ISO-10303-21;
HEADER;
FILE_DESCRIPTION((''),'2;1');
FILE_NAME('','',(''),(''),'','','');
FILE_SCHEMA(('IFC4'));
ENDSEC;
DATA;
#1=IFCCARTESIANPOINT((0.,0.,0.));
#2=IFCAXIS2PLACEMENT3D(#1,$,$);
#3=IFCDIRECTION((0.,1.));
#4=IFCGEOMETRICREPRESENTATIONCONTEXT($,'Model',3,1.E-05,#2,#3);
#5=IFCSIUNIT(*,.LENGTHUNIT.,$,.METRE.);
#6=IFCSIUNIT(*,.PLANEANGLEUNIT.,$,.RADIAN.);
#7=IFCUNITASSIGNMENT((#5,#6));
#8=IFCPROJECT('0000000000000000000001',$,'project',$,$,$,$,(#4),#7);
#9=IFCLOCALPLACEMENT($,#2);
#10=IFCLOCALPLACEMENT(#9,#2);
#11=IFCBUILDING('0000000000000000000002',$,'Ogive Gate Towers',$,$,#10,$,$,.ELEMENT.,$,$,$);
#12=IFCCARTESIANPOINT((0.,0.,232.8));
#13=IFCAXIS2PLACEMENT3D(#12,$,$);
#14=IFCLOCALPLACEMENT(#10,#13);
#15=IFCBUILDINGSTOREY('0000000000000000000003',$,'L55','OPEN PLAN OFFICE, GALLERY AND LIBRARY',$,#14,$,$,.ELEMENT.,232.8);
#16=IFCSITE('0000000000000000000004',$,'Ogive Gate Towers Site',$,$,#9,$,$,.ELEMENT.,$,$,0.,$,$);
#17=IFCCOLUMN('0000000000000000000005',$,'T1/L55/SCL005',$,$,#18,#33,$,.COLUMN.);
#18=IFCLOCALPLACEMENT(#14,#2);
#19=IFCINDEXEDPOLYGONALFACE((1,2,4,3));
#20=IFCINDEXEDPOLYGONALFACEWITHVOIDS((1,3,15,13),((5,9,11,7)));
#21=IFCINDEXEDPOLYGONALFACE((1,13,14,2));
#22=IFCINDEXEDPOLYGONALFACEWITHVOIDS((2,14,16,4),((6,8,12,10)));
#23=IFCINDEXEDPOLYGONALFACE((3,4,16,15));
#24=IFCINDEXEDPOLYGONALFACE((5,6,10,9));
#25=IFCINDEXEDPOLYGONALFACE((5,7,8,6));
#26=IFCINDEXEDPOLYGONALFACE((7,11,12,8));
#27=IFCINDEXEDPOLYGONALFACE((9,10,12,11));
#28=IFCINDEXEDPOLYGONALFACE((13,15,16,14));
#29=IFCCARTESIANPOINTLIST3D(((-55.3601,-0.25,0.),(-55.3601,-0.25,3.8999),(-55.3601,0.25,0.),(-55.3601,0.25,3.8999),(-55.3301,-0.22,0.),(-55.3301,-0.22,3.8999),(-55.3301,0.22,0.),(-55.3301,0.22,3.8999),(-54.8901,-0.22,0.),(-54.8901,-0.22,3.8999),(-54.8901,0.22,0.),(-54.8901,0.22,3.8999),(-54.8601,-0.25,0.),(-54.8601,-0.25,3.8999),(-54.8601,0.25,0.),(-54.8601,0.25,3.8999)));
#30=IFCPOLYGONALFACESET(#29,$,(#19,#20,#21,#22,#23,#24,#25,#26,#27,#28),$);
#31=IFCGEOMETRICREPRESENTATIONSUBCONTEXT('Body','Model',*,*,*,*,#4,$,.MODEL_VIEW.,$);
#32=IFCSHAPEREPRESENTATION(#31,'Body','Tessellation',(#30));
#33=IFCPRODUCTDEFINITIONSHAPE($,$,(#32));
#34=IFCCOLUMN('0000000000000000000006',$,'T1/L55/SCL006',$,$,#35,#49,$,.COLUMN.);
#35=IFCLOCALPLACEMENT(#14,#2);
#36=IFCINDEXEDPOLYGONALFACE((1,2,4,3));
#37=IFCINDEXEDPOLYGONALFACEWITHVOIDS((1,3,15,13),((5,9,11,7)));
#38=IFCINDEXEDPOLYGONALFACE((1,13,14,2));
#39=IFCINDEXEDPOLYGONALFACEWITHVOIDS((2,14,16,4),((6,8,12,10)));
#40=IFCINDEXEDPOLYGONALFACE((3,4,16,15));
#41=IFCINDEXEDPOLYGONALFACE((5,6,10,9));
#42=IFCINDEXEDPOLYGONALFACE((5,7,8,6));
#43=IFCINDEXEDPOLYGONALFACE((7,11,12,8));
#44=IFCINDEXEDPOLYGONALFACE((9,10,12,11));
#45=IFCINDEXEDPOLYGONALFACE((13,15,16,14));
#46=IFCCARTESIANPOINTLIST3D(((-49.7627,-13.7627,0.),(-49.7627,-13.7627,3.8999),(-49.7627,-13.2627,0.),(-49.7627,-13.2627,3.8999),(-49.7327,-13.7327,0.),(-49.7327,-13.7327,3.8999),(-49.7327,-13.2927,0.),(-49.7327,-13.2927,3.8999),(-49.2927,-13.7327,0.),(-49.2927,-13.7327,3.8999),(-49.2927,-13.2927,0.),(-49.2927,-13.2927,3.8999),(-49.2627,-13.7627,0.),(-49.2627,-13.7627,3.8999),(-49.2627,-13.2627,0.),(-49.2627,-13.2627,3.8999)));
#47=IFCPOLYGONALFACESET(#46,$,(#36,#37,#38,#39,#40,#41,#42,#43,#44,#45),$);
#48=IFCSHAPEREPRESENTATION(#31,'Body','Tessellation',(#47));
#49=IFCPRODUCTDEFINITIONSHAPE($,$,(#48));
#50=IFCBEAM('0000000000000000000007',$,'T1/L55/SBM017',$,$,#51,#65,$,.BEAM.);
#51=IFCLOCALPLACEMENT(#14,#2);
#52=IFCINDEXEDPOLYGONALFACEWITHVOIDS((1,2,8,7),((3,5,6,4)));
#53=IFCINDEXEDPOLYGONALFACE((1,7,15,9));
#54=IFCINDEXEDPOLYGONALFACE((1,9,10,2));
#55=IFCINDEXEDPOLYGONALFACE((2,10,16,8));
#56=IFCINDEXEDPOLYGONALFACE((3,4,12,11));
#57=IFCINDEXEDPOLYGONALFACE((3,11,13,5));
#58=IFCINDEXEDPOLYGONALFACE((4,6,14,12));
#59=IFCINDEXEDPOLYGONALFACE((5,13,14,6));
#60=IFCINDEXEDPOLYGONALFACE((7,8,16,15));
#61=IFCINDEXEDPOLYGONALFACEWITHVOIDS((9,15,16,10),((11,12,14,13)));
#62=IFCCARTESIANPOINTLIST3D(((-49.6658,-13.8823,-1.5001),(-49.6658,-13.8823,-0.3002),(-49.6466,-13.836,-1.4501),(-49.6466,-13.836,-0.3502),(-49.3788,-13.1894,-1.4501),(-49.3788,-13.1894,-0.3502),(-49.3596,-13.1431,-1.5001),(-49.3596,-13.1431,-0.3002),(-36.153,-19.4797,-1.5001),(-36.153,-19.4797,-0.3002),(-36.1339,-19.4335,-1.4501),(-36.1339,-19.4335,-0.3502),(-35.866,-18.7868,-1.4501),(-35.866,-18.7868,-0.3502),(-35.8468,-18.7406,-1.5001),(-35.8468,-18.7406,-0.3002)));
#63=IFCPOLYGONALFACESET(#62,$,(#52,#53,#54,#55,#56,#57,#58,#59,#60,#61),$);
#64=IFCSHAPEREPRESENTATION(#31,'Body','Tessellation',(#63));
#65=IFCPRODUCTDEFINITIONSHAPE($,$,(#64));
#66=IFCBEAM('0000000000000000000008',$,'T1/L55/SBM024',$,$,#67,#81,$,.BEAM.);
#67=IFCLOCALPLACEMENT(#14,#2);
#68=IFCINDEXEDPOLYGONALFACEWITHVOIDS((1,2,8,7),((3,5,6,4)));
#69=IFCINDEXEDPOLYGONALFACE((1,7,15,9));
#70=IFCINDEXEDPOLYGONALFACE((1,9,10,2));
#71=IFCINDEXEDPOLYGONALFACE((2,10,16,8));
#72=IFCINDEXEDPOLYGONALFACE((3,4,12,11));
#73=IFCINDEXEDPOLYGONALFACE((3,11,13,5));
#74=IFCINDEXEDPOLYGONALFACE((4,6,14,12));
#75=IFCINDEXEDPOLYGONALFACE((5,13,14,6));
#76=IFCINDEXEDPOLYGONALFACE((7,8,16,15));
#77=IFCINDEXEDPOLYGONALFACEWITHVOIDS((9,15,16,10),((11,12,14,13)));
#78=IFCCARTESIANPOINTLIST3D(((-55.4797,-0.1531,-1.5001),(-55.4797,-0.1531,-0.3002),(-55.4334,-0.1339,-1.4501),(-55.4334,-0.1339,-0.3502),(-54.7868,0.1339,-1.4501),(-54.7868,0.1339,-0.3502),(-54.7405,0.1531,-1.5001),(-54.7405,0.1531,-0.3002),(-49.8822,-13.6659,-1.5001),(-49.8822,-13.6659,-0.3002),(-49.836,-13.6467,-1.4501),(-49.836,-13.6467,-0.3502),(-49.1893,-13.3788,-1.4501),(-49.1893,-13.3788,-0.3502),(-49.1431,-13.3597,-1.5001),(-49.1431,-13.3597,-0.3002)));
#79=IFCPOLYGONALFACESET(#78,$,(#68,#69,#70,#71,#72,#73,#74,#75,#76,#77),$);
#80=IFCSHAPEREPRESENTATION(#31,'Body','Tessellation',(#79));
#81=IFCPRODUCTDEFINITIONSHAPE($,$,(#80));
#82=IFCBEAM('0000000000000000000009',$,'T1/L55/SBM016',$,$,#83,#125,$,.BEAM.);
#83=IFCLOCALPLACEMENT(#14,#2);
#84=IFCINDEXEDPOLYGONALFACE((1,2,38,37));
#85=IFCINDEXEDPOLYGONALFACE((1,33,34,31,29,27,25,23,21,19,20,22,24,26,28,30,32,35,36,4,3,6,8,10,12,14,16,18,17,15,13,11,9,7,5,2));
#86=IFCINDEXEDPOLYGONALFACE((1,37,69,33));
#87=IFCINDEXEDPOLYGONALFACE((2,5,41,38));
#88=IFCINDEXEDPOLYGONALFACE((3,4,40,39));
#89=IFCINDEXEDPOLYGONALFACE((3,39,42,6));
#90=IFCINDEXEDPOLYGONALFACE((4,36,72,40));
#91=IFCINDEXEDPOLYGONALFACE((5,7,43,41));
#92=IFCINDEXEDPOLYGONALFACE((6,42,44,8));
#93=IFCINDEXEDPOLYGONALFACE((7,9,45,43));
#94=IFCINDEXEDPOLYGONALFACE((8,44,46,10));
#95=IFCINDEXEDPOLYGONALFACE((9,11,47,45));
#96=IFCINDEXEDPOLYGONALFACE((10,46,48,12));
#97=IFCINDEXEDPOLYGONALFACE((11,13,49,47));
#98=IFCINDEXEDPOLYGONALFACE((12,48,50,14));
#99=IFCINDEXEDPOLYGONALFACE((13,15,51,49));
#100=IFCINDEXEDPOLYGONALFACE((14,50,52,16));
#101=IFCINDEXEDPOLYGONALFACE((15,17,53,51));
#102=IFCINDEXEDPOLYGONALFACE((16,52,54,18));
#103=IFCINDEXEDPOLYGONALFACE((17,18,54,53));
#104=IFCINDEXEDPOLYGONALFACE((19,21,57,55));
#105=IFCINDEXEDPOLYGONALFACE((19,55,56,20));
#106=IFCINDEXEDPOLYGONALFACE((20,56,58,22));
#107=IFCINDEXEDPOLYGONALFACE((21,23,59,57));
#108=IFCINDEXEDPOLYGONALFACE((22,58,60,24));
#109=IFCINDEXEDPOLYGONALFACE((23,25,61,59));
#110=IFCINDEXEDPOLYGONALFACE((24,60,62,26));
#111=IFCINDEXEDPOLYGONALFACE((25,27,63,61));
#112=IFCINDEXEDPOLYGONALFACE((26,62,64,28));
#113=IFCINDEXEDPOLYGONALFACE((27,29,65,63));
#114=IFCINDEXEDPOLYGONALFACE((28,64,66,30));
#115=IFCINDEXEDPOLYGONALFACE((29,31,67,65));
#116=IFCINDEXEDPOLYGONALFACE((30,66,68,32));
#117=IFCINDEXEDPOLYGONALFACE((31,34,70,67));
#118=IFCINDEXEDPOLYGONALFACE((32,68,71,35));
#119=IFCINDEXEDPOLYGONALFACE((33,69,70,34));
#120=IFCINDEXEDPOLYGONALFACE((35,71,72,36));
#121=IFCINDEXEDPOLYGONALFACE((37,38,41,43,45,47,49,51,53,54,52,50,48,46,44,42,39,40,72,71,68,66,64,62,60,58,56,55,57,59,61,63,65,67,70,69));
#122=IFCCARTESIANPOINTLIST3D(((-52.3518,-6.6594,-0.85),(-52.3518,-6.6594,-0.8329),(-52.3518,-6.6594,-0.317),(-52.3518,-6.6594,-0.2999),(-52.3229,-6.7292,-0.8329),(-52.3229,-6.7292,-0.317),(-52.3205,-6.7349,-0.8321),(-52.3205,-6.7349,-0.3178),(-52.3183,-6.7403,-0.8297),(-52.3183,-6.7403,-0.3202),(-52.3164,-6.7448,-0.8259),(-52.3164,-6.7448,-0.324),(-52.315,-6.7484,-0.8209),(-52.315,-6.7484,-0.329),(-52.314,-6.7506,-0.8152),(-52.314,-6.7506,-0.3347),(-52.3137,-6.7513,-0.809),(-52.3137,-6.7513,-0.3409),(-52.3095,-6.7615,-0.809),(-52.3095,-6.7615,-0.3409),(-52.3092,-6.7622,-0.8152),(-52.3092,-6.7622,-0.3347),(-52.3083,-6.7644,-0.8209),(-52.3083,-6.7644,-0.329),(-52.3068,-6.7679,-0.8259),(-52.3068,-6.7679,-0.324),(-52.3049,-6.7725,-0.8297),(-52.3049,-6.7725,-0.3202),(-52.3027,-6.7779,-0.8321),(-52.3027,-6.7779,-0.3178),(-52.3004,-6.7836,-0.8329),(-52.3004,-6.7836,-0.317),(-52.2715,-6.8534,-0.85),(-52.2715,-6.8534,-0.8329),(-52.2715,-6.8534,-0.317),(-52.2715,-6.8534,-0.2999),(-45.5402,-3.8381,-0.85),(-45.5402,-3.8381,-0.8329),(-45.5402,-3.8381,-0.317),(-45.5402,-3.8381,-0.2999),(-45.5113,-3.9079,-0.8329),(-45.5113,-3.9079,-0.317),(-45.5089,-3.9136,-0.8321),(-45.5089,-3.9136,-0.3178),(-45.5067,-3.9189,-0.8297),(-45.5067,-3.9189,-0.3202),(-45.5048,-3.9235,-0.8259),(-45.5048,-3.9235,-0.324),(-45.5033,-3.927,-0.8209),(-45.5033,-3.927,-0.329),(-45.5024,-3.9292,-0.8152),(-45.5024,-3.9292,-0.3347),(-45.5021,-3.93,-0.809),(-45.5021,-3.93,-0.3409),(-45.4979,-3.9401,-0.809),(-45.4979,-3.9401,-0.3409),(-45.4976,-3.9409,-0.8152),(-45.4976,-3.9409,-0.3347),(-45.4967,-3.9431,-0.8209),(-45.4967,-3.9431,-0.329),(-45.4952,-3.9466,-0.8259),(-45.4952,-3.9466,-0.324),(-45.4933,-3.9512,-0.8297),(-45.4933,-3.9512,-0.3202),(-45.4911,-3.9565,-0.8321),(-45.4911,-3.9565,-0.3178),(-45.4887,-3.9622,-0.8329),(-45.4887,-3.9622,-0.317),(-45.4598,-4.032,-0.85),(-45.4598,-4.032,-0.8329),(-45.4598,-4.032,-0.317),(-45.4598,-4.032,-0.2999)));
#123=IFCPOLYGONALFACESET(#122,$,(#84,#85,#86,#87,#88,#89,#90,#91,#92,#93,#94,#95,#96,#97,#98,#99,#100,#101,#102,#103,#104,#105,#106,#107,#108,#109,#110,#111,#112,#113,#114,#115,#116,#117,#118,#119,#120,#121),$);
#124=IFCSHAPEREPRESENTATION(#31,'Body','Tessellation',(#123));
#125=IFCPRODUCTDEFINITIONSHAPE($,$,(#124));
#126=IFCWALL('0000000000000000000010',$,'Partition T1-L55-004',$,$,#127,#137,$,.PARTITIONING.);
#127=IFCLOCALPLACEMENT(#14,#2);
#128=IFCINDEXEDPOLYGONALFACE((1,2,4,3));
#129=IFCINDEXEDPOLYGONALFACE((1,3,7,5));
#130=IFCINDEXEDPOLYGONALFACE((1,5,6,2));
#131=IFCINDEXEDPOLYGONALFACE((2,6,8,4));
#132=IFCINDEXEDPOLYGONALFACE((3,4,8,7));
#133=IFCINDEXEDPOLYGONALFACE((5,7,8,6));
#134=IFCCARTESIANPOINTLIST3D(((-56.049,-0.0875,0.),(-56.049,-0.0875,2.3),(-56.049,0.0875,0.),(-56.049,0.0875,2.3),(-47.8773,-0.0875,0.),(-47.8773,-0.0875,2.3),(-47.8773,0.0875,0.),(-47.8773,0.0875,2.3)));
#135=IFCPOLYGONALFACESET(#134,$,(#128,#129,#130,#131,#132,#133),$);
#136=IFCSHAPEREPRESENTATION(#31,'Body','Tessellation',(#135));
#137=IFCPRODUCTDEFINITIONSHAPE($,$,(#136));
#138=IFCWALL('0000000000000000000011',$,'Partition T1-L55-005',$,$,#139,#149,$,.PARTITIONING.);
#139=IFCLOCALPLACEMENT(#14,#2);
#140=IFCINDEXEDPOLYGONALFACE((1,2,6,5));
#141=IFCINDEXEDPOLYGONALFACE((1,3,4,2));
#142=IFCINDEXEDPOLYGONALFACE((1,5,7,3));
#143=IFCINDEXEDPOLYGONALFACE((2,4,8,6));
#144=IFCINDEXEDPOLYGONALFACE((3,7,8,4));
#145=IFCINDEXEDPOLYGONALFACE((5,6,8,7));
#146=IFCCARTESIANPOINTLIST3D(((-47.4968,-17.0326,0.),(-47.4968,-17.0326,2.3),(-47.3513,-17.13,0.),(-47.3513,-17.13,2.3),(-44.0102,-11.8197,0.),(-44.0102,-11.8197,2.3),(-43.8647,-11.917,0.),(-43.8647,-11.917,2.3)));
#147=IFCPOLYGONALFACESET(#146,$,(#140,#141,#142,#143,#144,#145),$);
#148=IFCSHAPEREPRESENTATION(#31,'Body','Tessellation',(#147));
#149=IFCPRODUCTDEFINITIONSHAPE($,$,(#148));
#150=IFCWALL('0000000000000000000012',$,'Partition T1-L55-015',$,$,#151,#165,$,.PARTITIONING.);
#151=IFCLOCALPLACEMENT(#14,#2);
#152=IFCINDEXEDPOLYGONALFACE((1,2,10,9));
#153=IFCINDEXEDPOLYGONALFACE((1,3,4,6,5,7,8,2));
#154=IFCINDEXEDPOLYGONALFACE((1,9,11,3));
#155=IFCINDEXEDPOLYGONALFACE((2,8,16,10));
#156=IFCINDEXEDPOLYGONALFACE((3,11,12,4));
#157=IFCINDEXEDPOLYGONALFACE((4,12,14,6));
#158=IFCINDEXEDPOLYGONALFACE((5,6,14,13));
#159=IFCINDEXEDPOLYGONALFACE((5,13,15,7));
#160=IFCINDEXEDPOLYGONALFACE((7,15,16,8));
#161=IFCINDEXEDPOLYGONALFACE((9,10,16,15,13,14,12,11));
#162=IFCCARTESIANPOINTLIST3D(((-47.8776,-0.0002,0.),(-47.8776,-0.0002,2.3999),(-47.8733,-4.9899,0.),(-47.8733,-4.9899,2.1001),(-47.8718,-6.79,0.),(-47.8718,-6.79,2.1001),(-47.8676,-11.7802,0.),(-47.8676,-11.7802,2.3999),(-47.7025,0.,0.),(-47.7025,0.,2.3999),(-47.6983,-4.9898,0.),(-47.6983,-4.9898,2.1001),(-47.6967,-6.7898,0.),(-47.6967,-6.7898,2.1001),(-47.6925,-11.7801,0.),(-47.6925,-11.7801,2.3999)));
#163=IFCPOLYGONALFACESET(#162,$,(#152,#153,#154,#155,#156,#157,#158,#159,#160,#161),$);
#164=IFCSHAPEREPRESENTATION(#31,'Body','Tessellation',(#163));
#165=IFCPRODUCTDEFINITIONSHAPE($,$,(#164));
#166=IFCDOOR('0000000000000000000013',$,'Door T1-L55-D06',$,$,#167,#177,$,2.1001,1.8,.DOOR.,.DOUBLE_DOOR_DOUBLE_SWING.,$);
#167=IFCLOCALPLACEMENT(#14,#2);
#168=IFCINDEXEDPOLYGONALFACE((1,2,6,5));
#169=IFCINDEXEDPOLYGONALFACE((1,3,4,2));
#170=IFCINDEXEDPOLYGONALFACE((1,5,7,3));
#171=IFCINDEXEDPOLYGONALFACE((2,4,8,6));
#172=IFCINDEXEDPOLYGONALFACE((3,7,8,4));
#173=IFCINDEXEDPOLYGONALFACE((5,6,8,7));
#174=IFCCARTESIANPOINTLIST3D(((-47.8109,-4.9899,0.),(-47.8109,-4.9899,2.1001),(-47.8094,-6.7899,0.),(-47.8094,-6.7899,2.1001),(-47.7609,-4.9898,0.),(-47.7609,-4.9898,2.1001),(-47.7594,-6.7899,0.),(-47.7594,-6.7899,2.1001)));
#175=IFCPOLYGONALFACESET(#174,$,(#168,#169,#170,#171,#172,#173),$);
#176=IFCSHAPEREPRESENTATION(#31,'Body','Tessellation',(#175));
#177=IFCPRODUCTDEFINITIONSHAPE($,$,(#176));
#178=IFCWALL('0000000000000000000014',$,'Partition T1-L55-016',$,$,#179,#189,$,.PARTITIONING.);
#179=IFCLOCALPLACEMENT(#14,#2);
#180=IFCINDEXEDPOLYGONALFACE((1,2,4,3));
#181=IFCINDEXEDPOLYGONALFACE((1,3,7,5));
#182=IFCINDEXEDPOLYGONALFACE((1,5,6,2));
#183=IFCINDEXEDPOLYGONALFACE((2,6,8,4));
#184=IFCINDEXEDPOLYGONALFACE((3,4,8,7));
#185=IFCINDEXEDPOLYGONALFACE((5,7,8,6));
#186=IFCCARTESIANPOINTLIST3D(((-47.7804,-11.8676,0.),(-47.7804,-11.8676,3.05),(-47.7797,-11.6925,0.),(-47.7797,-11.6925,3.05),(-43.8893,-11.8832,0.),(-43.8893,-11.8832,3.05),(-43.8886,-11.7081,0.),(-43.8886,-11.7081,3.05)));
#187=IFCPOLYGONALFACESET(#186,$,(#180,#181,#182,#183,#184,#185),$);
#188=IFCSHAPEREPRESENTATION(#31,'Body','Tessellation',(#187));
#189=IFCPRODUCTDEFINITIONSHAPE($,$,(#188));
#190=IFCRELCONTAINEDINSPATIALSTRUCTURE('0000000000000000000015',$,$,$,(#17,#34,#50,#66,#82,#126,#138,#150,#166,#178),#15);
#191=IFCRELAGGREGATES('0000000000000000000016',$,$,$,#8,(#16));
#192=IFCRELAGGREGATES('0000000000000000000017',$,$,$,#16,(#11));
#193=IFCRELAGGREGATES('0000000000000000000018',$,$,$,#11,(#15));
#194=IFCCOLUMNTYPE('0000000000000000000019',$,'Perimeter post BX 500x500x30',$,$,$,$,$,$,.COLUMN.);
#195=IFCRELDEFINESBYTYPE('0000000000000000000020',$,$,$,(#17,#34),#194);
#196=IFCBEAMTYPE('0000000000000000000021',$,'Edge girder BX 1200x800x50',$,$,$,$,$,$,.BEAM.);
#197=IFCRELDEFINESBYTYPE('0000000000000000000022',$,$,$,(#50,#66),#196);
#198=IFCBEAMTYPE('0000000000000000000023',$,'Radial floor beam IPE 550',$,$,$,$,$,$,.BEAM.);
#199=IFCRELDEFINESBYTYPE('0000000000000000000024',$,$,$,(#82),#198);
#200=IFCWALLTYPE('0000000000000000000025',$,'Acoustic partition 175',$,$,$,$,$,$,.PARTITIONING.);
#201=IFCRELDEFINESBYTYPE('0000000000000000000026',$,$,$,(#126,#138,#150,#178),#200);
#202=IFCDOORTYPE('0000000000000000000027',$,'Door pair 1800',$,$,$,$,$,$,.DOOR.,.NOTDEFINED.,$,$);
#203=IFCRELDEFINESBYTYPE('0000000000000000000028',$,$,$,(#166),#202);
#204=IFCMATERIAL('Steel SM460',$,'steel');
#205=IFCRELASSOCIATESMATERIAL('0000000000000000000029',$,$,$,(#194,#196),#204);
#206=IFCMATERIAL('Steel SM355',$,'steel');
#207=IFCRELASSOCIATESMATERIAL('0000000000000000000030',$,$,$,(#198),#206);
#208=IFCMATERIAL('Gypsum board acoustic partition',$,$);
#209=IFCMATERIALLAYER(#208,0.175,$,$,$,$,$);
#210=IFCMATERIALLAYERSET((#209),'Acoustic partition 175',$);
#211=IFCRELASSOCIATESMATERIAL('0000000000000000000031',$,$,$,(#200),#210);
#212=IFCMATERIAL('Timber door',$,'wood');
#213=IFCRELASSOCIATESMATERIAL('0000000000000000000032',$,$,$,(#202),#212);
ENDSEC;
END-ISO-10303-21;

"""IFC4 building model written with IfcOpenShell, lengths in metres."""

from ifc_helpers import new_model, si_unit, direction, frame, frame_2d, origin, origin_2d, place, context, subcontext, project, spatial, rectangle, hollow_rectangle, i_section, extrude, material, layer, layer_set, material_profile, profile_set, type_object, element, fill, save


model = new_model("IFC4")

# Units and contexts
model_context = context("Model", 3, precision=1e-05, world=origin(), true_north=direction((0.0, 1.0)))
body_context = subcontext(model_context, "Body", "Model", "MODEL_VIEW")
ifc_project = project(units=[si_unit("LENGTHUNIT", "METRE"), si_unit("PLANEANGLEUNIT", "RADIAN")], contexts=[model_context])

# Site, building, storey
site_placement = place(None, origin())
site = spatial("IfcSite", under=ifc_project, at=site_placement, Name="Ogive Gate Towers Site", CompositionType="ELEMENT", RefElevation=0.0)
building_placement = place(site_placement, origin())
building = spatial("IfcBuilding", under=site, at=building_placement, Name="Ogive Gate Towers", CompositionType="ELEMENT")
storey_placement = place(building_placement, frame((0.0, 0.0, 232.8)))
storey = spatial("IfcBuildingStorey", under=building, at=storey_placement, Name="L55", Description="OPEN PLAN OFFICE, GALLERY AND LIBRARY", CompositionType="ELEMENT", Elevation=232.8)

# Columns
ifc_material_1 = material(Name="Steel SM460", Category="steel")
ifc_material_profile_1 = material_profile(ifc_material_1, hollow_rectangle(XDim=0.5, YDim=0.5, WallThickness=0.03, at=origin_2d()), Name="BX 500x500x30")
ifc_profile_set_1 = profile_set([ifc_material_profile_1], Name="Steel SM460")
column_type = type_object("IfcColumnType", Name="Perimeter post BX 500x500x30", PredefinedType="COLUMN", material=ifc_profile_set_1)
for number, where, z_axis, x_axis, name in (
    (1, (-55.1101, 0.0, 0.0), (0.0, 0.0, 1.0), (1.0, 0.0, 0.0), "T1/L55/SCL005"),
    (2, (-49.5127, -13.5127, 0.0), (0.0, 0.0, 1.0), (1.0, 0.0, 0.0), "T1/L55/SCL006"),
):
    element("IfcColumn", number, at=place(storey_placement, frame(where, z_axis=z_axis, x_axis=x_axis)), inside=storey, type_object=column_type, Name=name, PredefinedType="COLUMN", context=body_context, shape_type="SweptSolid", body=[
        extrude(hollow_rectangle(XDim=0.5, YDim=0.5, WallThickness=0.03, at=origin_2d()), origin(), (0.0, 0.0, 1.0), 3.8999),
    ])

# Beams
ifc_material_profile_2 = material_profile(ifc_material_1, hollow_rectangle(XDim=0.8, YDim=1.2, WallThickness=0.05, at=origin_2d()), Name="BX 1200x800x50")
ifc_profile_set_2 = profile_set([ifc_material_profile_2], Name="Steel SM460")
beam_type_1 = type_object("IfcBeamType", Name="Edge girder BX 1200x800x50", PredefinedType="BEAM", material=ifc_profile_set_2)
for number, where, z_axis, x_axis, name in (
    (3, (-49.5127, -13.5127, -0.9001), (0.923873, -0.382699, 0.0), (0.382699, 0.923873, 0.0), "T1/L55/SBM017"),
    (4, (-55.1101, 0.0, -0.9001), (0.382699, -0.923873, 0.0), (0.923873, 0.382699, 0.0), "T1/L55/SBM024"),
):
    element("IfcBeam", number, at=place(storey_placement, frame(where, z_axis=z_axis, x_axis=x_axis)), inside=storey, type_object=beam_type_1, Name=name, PredefinedType="BEAM", context=body_context, shape_type="SweptSolid", body=[
        extrude(hollow_rectangle(XDim=0.8, YDim=1.2, WallThickness=0.05, at=origin_2d()), origin(), (0.0, 0.0, 1.0), 14.6262),
    ])
ifc_material_2 = material(Name="Steel SM355", Category="steel")
ifc_material_profile_3 = material_profile(ifc_material_2, i_section(OverallWidth=0.21, OverallDepth=0.55, WebThickness=0.011, FlangeThickness=0.0171, FilletRadius=0.0239, at=origin_2d()), Name="IPE 550")
ifc_profile_set_3 = profile_set([ifc_material_profile_3], Name="Steel SM355")
beam_type_2 = type_object("IfcBeamType", Name="Radial floor beam IPE 550", PredefinedType="BEAM", material=ifc_profile_set_3)
beam_placement = place(storey_placement, frame((-45.5, -3.9351, -0.575), z_axis=(-0.923886, -0.382668, 0.0), x_axis=(0.382668, -0.923886, 0.0)))
element("IfcBeam", 5, at=beam_placement, inside=storey, type_object=beam_type_2, Name="T1/L55/SBM016", PredefinedType="BEAM", context=body_context, shape_type="SweptSolid", body=[
    extrude(i_section(OverallWidth=0.21, OverallDepth=0.55, WebThickness=0.011, FlangeThickness=0.0171, FilletRadius=0.0239, at=origin_2d()), origin(), (0.0, 0.0, 1.0), 7.3728),
])

# Walls
ifc_material_3 = material(Name="Gypsum board acoustic partition")
ifc_layer_1 = layer(ifc_material_3, 0.175)
ifc_layer_set_1 = layer_set([ifc_layer_1], Name="Acoustic partition 175")
wall_type_1 = type_object("IfcWallType", Name="Acoustic partition 175", PredefinedType="PARTITIONING", material=ifc_layer_set_1)
wall_1_placement = place(storey_placement, frame((-56.0491, 0.0, 0.0), z_axis=(0.0, 0.0, 1.0), x_axis=(1.0, 0.0, 0.0)))
element("IfcWall", 6, at=wall_1_placement, inside=storey, type_object=wall_type_1, Name="Partition T1-L55-004", PredefinedType="PARTITIONING", context=body_context, shape_type="SweptSolid", body=[
    extrude(rectangle(XDim=8.1716, YDim=0.175, at=frame_2d((4.0859, 0.0))), origin(), (0.0, 0.0, 1.0), 2.3),
])
wall_2_placement = place(storey_placement, frame((-47.4241, -17.0813, 0.0), z_axis=(0.0, 0.0, 1.0), x_axis=(0.555948, 0.831217, 0.0)))
element("IfcWall", 7, at=wall_2_placement, inside=storey, type_object=wall_type_1, Name="Partition T1-L55-005", PredefinedType="PARTITIONING", context=body_context, shape_type="SweptSolid", body=[
    extrude(rectangle(XDim=6.2715, YDim=0.175, at=frame_2d((3.1357, 0.0))), origin(), (0.0, 0.0, 1.0), 2.3),
])

# Wall, opening, door
wall_3_placement = place(storey_placement, frame((-47.79, 0.0, 0.0), z_axis=(0.0, 0.0, 1.0), x_axis=(0.00085, -1.0, 0.0)))
wall_3 = element("IfcWall", 8, at=wall_3_placement, inside=storey, type_object=wall_type_1, Name="Partition T1-L55-015", PredefinedType="PARTITIONING", context=body_context, shape_type="SweptSolid", body=[
    extrude(rectangle(XDim=11.78, YDim=0.175, at=frame_2d((5.8901, 0.0))), origin(), (0.0, 0.0, 1.0), 2.3999),
])
opening_1_placement = place(wall_3_placement, frame((4.99, 0.0, 0.0)))
opening_1 = element("IfcOpeningElement", 9, at=opening_1_placement, cuts=wall_3, PredefinedType="OPENING", context=body_context, shape_type="SweptSolid", body=[
    extrude(rectangle(XDim=1.8, YDim=2.1001, at=frame_2d((0.8999, 1.05))), frame((0.0, 0.0977, 0.0), z_axis=(0.0, -1.0, 0.0), x_axis=(1.0, 0.0, 0.0)), (0.0, 0.0, 1.0), 0.1951),
])
ifc_material_4 = material(Name="Timber door", Category="wood")
door_type_1 = type_object("IfcDoorType", Name="Door pair 1800", OperationType="NOTDEFINED", PredefinedType="DOOR", material=ifc_material_4)
door_1_placement = place(opening_1_placement, origin())
door_1 = element("IfcDoor", 10, at=door_1_placement, inside=storey, type_object=door_type_1, Name="Door T1-L55-D06", OperationType="DOUBLE_DOOR_DOUBLE_SWING", OverallHeight=2.1001, OverallWidth=1.8, PredefinedType="DOOR", context=body_context, shape_type="SweptSolid", body=[
    extrude(rectangle(XDim=1.8, YDim=2.1001, at=frame_2d((0.8999, 1.05))), frame((0.0, 0.0249, 0.0), z_axis=(0.0, -1.0, 0.0), x_axis=(1.0, 0.0, 0.0)), (0.0, 0.0, 1.0), 0.05),
])
fill(opening_1, door_1)

# Wall
wall_4_placement = place(storey_placement, frame((-47.78, -11.78, 0.0), z_axis=(0.0, 0.0, 1.0), x_axis=(0.999992, -0.004016, 0.0)))
element("IfcWall", 11, at=wall_4_placement, inside=storey, type_object=wall_type_1, Name="Partition T1-L55-016", PredefinedType="PARTITIONING", context=body_context, shape_type="SweptSolid", body=[
    extrude(rectangle(XDim=3.8911, YDim=0.175, at=frame_2d((1.9456, 0.0))), origin(), (0.0, 0.0, 1.0), 3.05),
])

save(model, "model.ifc")
